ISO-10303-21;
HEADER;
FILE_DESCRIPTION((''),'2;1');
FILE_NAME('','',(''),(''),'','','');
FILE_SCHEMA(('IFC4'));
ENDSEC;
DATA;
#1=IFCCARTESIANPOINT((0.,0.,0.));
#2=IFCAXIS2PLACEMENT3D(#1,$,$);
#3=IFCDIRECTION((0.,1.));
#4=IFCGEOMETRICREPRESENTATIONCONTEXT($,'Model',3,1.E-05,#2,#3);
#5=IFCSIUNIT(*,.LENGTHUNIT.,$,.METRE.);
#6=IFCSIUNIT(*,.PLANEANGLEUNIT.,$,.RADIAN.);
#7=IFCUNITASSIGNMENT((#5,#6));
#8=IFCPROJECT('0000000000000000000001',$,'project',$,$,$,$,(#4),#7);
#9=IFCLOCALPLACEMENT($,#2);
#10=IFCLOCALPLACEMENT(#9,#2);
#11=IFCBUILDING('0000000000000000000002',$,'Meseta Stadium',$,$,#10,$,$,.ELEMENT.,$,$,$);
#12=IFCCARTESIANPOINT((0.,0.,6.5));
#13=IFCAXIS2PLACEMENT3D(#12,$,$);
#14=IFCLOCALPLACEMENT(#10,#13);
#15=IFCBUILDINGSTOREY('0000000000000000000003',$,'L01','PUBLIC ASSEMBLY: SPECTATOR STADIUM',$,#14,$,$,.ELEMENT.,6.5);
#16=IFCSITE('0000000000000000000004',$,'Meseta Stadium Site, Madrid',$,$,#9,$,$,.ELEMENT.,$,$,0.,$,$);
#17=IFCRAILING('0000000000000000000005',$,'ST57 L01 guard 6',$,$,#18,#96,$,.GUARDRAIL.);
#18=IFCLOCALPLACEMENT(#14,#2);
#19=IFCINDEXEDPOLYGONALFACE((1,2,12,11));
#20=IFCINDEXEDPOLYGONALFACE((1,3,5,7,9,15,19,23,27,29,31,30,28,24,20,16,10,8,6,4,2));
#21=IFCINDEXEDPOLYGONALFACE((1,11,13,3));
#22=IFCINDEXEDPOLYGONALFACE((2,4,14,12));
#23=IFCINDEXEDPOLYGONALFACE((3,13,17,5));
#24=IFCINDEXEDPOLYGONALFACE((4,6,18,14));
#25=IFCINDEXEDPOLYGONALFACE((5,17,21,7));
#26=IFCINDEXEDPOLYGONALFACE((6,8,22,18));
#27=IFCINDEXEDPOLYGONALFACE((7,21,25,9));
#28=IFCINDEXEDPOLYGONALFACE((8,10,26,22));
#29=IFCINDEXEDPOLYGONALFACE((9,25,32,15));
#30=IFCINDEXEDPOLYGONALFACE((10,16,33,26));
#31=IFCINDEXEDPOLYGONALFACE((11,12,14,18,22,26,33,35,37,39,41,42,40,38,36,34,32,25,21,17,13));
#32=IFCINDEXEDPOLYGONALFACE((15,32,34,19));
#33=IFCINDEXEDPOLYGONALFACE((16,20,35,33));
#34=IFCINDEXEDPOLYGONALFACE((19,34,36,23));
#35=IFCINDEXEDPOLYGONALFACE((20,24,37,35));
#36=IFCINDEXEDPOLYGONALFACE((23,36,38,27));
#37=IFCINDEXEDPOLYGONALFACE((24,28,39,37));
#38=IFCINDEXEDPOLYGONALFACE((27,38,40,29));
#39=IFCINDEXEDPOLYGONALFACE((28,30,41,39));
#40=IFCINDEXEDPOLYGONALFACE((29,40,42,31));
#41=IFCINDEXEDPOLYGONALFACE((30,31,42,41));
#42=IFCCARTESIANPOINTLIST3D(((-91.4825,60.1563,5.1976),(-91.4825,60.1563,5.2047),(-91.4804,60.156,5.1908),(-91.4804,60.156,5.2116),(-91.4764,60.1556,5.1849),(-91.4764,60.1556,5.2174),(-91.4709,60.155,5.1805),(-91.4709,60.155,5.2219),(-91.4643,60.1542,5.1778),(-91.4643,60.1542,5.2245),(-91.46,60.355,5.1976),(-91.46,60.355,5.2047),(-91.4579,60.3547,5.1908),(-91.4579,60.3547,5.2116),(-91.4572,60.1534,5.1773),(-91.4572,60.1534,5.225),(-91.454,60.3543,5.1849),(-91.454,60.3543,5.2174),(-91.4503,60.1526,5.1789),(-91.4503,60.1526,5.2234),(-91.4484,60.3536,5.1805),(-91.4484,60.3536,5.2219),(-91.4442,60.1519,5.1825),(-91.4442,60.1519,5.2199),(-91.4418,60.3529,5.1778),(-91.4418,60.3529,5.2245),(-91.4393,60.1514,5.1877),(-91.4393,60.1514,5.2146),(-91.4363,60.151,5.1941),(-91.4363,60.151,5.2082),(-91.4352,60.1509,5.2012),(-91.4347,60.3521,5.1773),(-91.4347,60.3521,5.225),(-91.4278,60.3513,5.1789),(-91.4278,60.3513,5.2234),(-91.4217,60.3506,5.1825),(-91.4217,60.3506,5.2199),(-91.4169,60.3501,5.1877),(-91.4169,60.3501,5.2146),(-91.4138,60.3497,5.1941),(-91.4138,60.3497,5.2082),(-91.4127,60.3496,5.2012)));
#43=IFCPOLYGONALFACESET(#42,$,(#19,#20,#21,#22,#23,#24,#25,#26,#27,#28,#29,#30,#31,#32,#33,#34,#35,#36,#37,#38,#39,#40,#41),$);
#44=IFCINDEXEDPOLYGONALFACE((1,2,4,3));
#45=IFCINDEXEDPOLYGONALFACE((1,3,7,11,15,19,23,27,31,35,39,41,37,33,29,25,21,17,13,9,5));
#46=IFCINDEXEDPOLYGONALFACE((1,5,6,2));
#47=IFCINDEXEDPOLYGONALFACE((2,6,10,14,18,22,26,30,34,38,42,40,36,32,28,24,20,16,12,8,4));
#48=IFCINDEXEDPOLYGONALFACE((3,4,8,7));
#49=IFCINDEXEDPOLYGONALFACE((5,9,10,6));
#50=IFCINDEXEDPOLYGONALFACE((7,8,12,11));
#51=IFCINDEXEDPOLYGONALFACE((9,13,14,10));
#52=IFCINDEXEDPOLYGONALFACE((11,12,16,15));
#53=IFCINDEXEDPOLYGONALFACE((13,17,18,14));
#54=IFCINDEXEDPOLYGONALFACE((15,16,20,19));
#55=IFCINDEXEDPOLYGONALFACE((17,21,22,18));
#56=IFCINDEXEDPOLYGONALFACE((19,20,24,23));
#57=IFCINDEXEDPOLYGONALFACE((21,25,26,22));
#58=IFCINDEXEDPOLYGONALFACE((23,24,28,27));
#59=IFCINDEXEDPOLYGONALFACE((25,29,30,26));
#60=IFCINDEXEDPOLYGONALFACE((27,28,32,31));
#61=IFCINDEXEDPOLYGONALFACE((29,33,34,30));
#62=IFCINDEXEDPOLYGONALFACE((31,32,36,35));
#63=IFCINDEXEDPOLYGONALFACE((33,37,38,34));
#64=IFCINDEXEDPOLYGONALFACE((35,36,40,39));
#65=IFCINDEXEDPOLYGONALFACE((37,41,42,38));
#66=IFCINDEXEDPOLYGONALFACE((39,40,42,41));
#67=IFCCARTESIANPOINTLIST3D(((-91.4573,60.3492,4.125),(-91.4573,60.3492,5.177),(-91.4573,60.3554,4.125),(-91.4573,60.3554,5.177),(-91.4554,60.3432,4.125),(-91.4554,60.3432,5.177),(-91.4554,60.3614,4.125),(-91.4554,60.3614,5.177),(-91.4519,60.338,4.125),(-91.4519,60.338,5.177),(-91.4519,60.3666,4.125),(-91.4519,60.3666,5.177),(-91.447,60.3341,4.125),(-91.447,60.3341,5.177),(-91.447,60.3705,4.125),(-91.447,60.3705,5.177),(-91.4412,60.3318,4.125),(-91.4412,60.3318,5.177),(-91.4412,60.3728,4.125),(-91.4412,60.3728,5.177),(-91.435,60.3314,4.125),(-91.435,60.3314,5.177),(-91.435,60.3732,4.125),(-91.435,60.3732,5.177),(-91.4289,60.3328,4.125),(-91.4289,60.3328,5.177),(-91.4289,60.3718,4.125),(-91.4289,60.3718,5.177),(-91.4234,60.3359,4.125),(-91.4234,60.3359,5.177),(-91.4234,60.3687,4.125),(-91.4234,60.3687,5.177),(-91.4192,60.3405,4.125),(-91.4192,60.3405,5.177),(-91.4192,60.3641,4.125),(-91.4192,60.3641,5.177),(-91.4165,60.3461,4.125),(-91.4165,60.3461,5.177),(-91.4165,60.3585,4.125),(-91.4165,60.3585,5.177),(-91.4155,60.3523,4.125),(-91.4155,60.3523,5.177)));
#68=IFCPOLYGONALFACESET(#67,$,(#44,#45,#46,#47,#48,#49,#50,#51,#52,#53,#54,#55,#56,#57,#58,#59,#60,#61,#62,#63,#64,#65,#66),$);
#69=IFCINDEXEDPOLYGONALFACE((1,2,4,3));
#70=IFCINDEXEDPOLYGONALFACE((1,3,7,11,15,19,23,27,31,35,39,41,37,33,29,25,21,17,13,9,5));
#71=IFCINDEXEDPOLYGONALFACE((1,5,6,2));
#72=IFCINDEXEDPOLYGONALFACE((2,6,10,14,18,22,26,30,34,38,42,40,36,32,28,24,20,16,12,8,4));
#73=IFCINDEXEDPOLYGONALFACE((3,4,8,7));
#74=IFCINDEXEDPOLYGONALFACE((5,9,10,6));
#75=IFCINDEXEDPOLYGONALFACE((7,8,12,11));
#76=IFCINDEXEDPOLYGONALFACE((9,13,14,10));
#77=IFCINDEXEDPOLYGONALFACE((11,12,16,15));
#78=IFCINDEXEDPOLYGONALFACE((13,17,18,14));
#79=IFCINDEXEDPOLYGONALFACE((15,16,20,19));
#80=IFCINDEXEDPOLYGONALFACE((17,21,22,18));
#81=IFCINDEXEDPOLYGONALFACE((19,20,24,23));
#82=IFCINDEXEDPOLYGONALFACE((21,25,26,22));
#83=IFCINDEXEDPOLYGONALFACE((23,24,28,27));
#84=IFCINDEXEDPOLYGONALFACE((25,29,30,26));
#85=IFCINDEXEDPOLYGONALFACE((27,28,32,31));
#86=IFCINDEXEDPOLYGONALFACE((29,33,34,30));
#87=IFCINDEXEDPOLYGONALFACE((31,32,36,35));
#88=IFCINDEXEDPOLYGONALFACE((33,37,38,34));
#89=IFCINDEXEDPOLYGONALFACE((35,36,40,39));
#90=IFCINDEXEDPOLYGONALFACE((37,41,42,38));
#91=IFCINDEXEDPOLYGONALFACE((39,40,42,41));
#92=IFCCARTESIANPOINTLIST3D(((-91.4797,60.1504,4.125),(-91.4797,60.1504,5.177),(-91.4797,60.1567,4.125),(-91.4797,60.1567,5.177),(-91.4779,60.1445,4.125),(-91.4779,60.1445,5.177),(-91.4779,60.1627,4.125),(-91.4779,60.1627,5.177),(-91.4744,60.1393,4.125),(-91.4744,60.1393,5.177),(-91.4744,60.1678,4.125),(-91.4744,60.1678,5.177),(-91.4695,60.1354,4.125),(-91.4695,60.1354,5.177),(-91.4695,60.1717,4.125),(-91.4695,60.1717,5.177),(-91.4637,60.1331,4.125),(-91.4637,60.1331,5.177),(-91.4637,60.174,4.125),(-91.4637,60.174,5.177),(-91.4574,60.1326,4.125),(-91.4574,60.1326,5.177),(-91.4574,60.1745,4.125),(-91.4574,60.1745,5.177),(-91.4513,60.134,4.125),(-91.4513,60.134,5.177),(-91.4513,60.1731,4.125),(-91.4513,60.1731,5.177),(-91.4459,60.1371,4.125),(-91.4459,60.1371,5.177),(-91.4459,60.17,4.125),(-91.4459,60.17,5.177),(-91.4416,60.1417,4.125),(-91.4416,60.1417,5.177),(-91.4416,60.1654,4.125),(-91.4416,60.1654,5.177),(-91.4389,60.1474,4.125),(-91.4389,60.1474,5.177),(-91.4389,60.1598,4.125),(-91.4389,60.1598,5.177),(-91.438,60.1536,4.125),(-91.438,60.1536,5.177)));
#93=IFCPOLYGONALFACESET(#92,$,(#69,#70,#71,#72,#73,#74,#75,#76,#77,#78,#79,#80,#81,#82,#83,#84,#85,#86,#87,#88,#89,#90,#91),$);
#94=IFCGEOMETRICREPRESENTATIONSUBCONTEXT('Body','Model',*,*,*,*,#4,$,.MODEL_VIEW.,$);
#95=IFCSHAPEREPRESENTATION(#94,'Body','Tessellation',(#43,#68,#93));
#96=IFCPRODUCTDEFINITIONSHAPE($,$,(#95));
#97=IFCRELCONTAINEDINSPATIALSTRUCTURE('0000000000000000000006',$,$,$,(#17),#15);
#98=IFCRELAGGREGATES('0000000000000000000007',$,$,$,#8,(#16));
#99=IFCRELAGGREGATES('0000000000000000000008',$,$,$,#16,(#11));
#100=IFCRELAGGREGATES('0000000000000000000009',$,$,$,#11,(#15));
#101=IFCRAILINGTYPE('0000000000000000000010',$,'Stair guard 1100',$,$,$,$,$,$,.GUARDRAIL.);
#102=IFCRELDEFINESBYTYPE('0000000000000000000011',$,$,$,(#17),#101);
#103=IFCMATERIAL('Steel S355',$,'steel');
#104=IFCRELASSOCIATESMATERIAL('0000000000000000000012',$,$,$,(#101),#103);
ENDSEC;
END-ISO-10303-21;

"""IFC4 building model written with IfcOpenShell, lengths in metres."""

from ifc_helpers import new_model, si_unit, direction, frame, origin, origin_2d, place, context, subcontext, project, spatial, circle, extrude, material, type_object, element, save


model = new_model("IFC4")

# Units and contexts
model_context = context("Model", 3, precision=1e-05, world=origin(), true_north=direction((0.0, 1.0)))
body_context = subcontext(model_context, "Body", "Model", "MODEL_VIEW")
ifc_project = project(units=[si_unit("LENGTHUNIT", "METRE"), si_unit("PLANEANGLEUNIT", "RADIAN")], contexts=[model_context])

# Site, building, storey
site_placement = place(None, origin())
site = spatial("IfcSite", under=ifc_project, at=site_placement, Name="Meseta Stadium Site, Madrid", CompositionType="ELEMENT", RefElevation=0.0)
building_placement = place(site_placement, origin())
building = spatial("IfcBuilding", under=site, at=building_placement, Name="Meseta Stadium", CompositionType="ELEMENT")
storey_placement = place(building_placement, frame((0.0, 0.0, 6.5)))
storey = spatial("IfcBuildingStorey", under=building, at=storey_placement, Name="L01", Description="PUBLIC ASSEMBLY: SPECTATOR STADIUM", CompositionType="ELEMENT", Elevation=6.5)

# Railing
ifc_material_1 = material(Name="Steel S355", Category="steel")
railing_type_1 = type_object("IfcRailingType", Name="Stair guard 1100", PredefinedType="GUARDRAIL", material=ifc_material_1)
railing_1_placement = place(storey_placement, frame((-91.4365, 60.3523, 4.125)))
element("IfcRailing", 1, at=railing_1_placement, inside=storey, type_object=railing_type_1, Name="ST57 L01 guard 6", PredefinedType="GUARDRAIL", context=body_context, shape_type="SweptSolid", body=[
    extrude(circle(Radius=0.0239, at=origin_2d()), frame((0.0, 0.0, 1.0762), z_axis=(-0.112307, -0.993674, 0.0), x_axis=(0.993674, -0.112307, 0.0)), (0.0, 0.0, 1.0), 0.2),
    extrude(circle(Radius=0.021, at=origin_2d()), origin(), (0.0, 0.0, 1.0), 1.052),
    extrude(circle(Radius=0.021, at=origin_2d()), frame((-0.0225, -0.1987, 0.0)), (0.0, 0.0, 1.0), 1.052),
])

save(model, "model.ifc")
